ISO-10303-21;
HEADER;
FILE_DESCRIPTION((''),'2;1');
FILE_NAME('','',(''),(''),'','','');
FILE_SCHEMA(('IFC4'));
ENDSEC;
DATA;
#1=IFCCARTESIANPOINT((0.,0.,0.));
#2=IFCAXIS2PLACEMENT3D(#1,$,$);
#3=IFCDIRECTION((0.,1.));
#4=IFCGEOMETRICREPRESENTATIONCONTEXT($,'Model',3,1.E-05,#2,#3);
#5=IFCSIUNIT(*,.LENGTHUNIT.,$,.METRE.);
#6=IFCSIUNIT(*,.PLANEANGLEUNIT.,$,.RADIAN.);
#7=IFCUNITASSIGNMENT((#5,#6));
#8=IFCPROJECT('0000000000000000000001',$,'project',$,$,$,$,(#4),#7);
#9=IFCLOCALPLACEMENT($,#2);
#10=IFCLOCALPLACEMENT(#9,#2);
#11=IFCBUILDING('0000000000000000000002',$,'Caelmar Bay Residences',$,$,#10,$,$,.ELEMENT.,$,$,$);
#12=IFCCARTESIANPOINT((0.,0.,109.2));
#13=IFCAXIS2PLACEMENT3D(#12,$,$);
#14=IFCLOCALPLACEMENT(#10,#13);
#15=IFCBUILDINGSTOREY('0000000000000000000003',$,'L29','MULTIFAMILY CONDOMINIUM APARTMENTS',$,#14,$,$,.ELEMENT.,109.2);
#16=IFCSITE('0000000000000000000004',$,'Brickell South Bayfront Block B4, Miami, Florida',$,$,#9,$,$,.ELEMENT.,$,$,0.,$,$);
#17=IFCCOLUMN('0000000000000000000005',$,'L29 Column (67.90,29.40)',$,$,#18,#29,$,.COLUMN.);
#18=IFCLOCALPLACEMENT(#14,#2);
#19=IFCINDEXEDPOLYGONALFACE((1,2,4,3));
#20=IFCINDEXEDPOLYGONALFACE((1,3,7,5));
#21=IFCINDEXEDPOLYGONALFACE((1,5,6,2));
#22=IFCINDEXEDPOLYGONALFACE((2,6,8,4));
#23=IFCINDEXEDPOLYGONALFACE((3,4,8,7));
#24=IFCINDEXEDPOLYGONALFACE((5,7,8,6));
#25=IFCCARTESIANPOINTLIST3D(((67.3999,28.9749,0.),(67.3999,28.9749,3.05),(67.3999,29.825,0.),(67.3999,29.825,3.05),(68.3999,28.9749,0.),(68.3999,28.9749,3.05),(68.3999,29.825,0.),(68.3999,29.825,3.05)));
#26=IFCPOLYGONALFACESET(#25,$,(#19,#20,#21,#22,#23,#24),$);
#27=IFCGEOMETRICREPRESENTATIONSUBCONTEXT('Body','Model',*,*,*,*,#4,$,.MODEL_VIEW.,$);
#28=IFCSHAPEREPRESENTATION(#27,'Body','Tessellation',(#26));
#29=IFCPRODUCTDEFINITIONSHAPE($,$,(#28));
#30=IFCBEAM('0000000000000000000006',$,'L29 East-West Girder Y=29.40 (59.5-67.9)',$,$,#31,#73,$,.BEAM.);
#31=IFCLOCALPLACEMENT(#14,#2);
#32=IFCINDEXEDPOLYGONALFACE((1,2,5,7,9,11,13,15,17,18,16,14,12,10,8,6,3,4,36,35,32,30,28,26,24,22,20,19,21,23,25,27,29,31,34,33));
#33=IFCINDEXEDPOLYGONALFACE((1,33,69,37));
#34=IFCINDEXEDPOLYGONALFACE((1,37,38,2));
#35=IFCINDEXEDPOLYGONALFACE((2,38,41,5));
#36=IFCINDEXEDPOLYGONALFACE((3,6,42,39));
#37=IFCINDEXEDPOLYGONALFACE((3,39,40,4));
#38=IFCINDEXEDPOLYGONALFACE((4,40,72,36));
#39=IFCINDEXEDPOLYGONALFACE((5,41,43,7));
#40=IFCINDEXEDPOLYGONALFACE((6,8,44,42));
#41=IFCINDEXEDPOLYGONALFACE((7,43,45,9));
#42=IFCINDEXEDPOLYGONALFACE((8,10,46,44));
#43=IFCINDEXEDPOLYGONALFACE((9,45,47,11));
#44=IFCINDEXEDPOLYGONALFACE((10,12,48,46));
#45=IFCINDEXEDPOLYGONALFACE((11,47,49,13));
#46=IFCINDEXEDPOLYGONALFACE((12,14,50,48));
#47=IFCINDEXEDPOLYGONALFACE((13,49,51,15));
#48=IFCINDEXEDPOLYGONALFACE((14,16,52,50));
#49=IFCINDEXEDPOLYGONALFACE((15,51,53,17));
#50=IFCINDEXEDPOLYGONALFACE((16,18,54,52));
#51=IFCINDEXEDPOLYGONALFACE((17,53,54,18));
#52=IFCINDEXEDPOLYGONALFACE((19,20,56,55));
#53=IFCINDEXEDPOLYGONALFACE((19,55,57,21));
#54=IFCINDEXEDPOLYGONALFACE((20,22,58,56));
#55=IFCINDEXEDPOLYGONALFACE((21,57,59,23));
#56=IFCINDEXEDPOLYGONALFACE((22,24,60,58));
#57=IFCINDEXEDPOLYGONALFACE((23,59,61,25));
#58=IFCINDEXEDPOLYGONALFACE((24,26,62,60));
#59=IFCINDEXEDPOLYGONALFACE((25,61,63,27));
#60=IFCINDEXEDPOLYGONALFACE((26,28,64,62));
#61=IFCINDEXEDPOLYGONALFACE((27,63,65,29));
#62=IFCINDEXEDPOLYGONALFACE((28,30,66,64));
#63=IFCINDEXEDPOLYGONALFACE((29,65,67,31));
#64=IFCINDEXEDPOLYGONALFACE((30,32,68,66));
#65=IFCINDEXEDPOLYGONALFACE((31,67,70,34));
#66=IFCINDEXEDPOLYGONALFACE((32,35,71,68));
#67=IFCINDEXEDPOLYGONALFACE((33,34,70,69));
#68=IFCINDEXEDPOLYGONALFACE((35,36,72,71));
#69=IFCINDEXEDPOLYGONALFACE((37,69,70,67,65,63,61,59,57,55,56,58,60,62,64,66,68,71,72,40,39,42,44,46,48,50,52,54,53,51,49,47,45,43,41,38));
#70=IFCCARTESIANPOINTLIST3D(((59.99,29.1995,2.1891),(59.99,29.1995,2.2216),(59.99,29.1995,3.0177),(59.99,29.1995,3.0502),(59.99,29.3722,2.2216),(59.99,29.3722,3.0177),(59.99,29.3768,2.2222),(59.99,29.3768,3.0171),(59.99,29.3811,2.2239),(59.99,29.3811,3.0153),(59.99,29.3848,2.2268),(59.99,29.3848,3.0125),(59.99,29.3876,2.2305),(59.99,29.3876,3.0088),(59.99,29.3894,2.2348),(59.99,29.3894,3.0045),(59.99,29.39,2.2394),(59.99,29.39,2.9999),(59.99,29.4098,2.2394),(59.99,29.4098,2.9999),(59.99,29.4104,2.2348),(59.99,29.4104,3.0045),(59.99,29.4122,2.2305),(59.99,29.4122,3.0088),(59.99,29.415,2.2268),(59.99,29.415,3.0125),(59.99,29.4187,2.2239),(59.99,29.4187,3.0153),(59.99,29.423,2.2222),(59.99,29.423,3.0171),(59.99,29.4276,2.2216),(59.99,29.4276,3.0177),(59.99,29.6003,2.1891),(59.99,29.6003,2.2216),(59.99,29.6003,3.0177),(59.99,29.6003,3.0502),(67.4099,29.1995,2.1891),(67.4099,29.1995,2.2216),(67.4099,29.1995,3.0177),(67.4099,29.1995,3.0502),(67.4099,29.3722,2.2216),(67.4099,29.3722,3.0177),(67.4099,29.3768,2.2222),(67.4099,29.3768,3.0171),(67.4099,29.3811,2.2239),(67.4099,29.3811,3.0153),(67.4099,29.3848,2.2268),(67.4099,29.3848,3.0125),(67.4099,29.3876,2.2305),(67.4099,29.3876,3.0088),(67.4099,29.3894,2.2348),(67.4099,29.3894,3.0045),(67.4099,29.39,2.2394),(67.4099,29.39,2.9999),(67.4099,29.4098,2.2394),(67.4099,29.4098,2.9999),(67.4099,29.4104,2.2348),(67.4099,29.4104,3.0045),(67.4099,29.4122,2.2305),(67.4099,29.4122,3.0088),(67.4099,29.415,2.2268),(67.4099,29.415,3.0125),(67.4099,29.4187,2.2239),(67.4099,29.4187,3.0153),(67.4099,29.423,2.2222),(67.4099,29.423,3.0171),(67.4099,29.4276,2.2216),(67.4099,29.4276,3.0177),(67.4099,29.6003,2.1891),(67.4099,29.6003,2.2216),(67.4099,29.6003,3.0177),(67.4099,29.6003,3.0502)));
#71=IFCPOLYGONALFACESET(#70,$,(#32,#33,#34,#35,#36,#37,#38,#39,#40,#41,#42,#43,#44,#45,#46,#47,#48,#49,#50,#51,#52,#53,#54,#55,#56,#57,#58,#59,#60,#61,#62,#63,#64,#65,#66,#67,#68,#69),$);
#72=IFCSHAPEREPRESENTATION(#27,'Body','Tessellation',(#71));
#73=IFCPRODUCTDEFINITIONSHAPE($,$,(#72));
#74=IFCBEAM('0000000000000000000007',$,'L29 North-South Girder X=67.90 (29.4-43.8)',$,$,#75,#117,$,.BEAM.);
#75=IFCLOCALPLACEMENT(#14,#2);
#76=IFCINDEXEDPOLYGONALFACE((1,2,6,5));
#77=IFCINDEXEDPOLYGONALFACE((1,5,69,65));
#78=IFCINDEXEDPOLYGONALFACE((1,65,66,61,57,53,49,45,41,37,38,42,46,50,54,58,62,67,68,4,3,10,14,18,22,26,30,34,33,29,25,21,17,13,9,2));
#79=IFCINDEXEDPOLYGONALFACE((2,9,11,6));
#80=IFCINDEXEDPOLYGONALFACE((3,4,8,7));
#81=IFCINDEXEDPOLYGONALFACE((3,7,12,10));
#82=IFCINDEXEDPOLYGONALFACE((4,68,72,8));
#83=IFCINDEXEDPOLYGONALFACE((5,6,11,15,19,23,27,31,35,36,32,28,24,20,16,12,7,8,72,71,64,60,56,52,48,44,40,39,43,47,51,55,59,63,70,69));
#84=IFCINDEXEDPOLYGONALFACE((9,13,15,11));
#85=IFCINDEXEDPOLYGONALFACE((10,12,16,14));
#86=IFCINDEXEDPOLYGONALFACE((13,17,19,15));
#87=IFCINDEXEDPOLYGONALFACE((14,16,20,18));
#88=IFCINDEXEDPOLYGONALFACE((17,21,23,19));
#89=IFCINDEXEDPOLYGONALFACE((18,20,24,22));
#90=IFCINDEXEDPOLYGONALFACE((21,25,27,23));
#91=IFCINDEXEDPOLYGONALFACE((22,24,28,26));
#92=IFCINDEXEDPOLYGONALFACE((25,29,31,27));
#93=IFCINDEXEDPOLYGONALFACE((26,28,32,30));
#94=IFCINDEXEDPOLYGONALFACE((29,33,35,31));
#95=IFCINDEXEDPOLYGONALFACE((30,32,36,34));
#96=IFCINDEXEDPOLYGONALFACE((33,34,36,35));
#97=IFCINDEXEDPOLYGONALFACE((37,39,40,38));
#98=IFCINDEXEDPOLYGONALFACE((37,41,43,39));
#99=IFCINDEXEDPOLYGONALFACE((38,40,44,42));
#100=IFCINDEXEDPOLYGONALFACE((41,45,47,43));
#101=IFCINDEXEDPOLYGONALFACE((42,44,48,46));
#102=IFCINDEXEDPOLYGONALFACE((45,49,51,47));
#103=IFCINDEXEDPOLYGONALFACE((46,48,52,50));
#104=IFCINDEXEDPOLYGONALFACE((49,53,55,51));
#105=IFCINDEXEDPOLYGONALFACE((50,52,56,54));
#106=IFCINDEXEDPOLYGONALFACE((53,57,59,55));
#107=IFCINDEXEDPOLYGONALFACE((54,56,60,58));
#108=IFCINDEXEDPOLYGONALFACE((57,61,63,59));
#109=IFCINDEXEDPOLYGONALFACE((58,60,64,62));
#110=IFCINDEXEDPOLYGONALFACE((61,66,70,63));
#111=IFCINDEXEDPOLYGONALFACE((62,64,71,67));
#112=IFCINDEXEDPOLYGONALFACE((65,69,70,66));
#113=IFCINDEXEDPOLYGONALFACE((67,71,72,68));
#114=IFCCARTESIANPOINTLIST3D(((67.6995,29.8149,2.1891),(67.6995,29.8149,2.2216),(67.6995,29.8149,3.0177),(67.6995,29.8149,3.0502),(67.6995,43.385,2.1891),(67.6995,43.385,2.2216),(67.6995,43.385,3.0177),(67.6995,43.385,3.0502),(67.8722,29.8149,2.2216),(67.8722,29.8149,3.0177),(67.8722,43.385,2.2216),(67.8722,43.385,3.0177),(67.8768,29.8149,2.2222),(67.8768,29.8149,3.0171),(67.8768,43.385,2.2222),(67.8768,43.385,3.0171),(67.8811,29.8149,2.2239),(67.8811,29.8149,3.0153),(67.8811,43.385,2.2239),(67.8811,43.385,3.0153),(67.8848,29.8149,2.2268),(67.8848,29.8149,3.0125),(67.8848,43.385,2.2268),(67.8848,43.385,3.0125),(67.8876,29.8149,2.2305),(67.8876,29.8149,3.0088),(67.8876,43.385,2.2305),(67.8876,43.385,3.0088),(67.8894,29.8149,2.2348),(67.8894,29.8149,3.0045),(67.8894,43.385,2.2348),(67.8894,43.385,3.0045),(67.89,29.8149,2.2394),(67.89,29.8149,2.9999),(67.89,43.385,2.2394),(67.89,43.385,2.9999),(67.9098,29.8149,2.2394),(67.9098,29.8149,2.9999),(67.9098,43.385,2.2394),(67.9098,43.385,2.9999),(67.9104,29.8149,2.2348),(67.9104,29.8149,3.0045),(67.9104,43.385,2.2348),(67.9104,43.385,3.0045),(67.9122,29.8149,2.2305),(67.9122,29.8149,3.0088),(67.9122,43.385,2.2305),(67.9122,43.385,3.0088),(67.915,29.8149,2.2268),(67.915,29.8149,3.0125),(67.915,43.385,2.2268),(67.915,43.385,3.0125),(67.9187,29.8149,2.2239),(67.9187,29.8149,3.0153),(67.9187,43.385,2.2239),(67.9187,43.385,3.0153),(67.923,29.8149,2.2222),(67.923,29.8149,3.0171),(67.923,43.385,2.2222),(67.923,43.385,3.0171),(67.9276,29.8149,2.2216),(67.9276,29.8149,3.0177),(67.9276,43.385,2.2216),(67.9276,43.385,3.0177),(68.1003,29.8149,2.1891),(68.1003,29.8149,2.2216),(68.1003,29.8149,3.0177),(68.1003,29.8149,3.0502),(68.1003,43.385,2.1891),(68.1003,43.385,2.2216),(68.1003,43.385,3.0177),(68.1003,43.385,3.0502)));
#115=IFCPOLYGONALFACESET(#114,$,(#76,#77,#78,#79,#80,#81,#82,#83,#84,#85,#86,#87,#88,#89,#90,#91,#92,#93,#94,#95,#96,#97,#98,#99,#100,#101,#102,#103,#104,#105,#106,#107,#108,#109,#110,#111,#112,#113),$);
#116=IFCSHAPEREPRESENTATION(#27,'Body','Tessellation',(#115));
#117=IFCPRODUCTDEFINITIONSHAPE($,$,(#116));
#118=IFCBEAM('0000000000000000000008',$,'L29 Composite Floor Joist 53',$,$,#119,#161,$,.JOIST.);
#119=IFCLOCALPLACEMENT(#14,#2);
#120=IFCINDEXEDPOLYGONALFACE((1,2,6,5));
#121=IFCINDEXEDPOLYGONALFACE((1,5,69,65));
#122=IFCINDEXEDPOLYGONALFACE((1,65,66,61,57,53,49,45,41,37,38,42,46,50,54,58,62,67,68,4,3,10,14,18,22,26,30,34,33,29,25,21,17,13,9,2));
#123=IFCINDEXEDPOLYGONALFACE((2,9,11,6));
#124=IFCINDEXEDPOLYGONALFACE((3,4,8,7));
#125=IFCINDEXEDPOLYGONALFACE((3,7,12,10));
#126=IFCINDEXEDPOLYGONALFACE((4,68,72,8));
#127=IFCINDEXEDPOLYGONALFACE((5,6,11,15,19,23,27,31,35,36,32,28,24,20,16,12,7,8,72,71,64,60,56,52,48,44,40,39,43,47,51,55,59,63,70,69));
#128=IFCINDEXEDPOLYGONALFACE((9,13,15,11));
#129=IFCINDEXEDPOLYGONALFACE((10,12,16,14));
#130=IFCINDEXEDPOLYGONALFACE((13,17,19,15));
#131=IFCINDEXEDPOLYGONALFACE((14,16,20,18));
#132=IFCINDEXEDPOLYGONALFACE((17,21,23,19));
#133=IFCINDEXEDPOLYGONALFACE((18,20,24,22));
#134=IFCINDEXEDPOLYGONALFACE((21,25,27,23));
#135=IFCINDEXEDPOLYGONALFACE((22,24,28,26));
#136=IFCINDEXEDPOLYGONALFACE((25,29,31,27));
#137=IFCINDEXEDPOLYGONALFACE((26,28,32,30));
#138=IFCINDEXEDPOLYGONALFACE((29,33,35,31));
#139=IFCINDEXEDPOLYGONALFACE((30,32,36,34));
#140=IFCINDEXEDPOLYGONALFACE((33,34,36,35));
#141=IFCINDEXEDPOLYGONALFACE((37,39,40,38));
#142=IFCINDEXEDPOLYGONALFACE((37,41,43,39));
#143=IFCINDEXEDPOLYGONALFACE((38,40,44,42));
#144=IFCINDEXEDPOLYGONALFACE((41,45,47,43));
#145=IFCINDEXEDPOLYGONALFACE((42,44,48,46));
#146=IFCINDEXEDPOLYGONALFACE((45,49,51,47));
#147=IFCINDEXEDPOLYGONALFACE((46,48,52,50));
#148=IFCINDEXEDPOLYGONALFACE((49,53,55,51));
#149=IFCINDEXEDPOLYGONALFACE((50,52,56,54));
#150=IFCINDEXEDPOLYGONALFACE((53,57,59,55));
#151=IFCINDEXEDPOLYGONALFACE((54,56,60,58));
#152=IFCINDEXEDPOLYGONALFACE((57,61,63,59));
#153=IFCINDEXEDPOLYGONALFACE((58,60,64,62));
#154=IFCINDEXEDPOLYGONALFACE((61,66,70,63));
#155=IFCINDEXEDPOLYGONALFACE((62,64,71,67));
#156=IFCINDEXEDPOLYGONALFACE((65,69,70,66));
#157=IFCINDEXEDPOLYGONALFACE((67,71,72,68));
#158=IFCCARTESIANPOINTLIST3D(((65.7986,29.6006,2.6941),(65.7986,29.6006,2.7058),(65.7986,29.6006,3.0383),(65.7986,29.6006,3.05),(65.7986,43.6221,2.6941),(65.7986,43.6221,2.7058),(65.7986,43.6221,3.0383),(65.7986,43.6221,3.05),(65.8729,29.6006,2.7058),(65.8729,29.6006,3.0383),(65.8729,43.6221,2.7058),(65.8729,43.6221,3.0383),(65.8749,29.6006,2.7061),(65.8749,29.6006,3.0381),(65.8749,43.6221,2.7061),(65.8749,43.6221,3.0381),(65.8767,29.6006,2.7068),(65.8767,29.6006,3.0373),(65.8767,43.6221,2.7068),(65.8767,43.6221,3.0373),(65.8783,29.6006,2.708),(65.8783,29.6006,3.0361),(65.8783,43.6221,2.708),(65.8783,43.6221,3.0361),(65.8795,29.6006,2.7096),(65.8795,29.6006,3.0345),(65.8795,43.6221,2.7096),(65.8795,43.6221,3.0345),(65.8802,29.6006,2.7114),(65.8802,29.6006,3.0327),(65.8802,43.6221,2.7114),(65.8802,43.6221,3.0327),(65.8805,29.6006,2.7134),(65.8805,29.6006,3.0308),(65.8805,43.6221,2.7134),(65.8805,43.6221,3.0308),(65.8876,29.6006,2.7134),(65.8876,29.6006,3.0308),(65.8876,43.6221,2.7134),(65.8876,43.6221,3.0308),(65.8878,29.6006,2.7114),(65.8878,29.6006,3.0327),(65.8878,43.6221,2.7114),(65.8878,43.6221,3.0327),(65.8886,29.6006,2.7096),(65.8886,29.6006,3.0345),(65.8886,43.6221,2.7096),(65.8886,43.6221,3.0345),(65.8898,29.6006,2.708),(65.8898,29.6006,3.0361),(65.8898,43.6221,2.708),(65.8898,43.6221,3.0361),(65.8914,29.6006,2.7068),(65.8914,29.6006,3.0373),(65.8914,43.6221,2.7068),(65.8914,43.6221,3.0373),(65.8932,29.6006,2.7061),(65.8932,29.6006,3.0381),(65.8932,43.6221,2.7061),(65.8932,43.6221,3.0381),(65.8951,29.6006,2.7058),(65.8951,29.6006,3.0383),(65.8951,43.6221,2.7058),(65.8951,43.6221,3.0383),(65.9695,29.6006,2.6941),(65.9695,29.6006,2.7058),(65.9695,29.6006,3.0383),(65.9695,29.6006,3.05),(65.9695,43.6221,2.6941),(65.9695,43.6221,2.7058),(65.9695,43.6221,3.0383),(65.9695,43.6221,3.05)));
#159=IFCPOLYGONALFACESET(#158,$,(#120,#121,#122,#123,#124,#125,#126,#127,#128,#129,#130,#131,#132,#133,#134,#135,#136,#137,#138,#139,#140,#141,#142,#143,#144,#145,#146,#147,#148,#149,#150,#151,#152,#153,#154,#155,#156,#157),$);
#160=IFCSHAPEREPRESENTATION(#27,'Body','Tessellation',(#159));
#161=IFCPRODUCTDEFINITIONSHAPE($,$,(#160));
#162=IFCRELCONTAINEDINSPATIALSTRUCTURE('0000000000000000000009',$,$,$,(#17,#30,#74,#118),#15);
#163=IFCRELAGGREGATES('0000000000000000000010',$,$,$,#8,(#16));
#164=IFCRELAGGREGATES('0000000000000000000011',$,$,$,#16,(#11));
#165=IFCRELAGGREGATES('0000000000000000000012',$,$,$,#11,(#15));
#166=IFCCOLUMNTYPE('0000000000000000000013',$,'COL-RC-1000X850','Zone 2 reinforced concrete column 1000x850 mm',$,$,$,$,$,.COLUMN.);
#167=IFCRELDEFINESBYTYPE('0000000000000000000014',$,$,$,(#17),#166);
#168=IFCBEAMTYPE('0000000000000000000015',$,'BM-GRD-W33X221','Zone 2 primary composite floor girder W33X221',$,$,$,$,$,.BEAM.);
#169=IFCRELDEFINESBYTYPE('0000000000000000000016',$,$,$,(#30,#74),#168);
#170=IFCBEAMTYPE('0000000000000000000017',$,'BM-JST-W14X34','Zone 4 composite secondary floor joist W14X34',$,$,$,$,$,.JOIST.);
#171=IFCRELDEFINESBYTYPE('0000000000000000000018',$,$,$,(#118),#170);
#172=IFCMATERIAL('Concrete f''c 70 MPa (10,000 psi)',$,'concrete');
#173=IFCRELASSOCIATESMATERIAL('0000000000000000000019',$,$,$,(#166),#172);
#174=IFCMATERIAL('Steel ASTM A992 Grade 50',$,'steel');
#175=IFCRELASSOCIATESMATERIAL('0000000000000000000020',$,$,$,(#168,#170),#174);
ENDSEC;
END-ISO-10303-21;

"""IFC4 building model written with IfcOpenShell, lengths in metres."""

from ifc_helpers import new_model, si_unit, direction, frame, origin, origin_2d, place, context, subcontext, project, spatial, rectangle, i_section, extrude, material, material_profile, profile_set, type_object, element, save


model = new_model("IFC4")

# Units and contexts
model_context = context("Model", 3, precision=1e-05, world=origin(), true_north=direction((0.0, 1.0)))
body_context = subcontext(model_context, "Body", "Model", "MODEL_VIEW")
ifc_project = project(units=[si_unit("LENGTHUNIT", "METRE"), si_unit("PLANEANGLEUNIT", "RADIAN")], contexts=[model_context])

# Site, building, storey
site_placement = place(None, origin())
site = spatial("IfcSite", under=ifc_project, at=site_placement, Name="Brickell South Bayfront Block B4, Miami, Florida", CompositionType="ELEMENT", RefElevation=0.0)
building_placement = place(site_placement, origin())
building = spatial("IfcBuilding", under=site, at=building_placement, Name="Caelmar Bay Residences", CompositionType="ELEMENT")
storey_placement = place(building_placement, frame((0.0, 0.0, 109.2)))
storey = spatial("IfcBuildingStorey", under=building, at=storey_placement, Name="L29", Description="MULTIFAMILY CONDOMINIUM APARTMENTS", CompositionType="ELEMENT", Elevation=109.2)

# Column
ifc_material_1 = material(Name="Concrete f'c 70 MPa (10,000 psi)", Category="concrete")
ifc_material_profile_1 = material_profile(ifc_material_1, rectangle(XDim=1.0, YDim=0.8501, at=origin_2d()), Name="RC-COL-1000X850")
ifc_profile_set_1 = profile_set([ifc_material_profile_1], Name="Concrete f'c 70 MPa (10,000 psi)")
column_type = type_object("IfcColumnType", Name="COL-RC-1000X850", Description="Zone 2 reinforced concrete column 1000x850 mm", PredefinedType="COLUMN", material=ifc_profile_set_1)
column_placement = place(storey_placement, frame((67.8999, 29.3999, 0.0), z_axis=(0.0, 0.0, 1.0), x_axis=(1.0, 0.0, 0.0)))
element("IfcColumn", 1, at=column_placement, inside=storey, type_object=column_type, Name="L29 Column (67.90,29.40)", PredefinedType="COLUMN", context=body_context, shape_type="SweptSolid", body=[
    extrude(rectangle(XDim=1.0, YDim=0.8501, at=origin_2d()), origin(), (0.0, 0.0, 1.0), 3.05),
])

# Beams
ifc_material_2 = material(Name="Steel ASTM A992 Grade 50", Category="steel")
ifc_material_profile_2 = material_profile(ifc_material_2, i_section(OverallWidth=0.4009, OverallDepth=0.8611, WebThickness=0.0198, FlangeThickness=0.0325, FilletRadius=0.0178, at=origin_2d()), Name="W33X221")
ifc_profile_set_2 = profile_set([ifc_material_profile_2], Name="Steel ASTM A992 Grade 50")
beam_type_1 = type_object("IfcBeamType", Name="BM-GRD-W33X221", Description="Zone 2 primary composite floor girder W33X221", PredefinedType="BEAM", material=ifc_profile_set_2)
beam_1_placement = place(storey_placement, frame((59.99, 29.3999, 2.6196), z_axis=(1.0, 0.0, 0.0), x_axis=(0.0, 1.0, 0.0)))
element("IfcBeam", 2, at=beam_1_placement, inside=storey, type_object=beam_type_1, Name="L29 East-West Girder Y=29.40 (59.5-67.9)", PredefinedType="BEAM", context=body_context, shape_type="SweptSolid", body=[
    extrude(i_section(OverallWidth=0.4009, OverallDepth=0.8611, WebThickness=0.0198, FlangeThickness=0.0325, FilletRadius=0.0178, at=origin_2d()), origin(), (0.0, 0.0, 1.0), 7.4199),
])
beam_2_placement = place(storey_placement, frame((67.8999, 29.8149, 2.6196), z_axis=(0.0, 1.0, 0.0), x_axis=(-1.0, 0.0, 0.0)))
element("IfcBeam", 3, at=beam_2_placement, inside=storey, type_object=beam_type_1, Name="L29 North-South Girder X=67.90 (29.4-43.8)", PredefinedType="BEAM", context=body_context, shape_type="SweptSolid", body=[
    extrude(i_section(OverallWidth=0.4009, OverallDepth=0.8611, WebThickness=0.0198, FlangeThickness=0.0325, FilletRadius=0.0178, at=origin_2d()), origin(), (0.0, 0.0, 1.0), 13.5701),
])
ifc_material_profile_3 = material_profile(ifc_material_2, i_section(OverallWidth=0.1709, OverallDepth=0.356, WebThickness=0.0071, FlangeThickness=0.0117, FilletRadius=0.0076, at=origin_2d()), Name="W14X34")
ifc_profile_set_3 = profile_set([ifc_material_profile_3], Name="Steel ASTM A992 Grade 50")
beam_type_2 = type_object("IfcBeamType", Name="BM-JST-W14X34", Description="Zone 4 composite secondary floor joist W14X34", PredefinedType="JOIST", material=ifc_profile_set_3)
beam_3_placement = place(storey_placement, frame((65.884, 29.6006, 2.8721), z_axis=(0.0, 1.0, 0.0), x_axis=(-1.0, 0.0, 0.0)))
element("IfcBeam", 4, at=beam_3_placement, inside=storey, type_object=beam_type_2, Name="L29 Composite Floor Joist 53", PredefinedType="JOIST", context=body_context, shape_type="SweptSolid", body=[
    extrude(i_section(OverallWidth=0.1709, OverallDepth=0.356, WebThickness=0.0071, FlangeThickness=0.0117, FilletRadius=0.0076, at=origin_2d()), origin(), (0.0, 0.0, 1.0), 14.0215),
])

save(model, "model.ifc")
